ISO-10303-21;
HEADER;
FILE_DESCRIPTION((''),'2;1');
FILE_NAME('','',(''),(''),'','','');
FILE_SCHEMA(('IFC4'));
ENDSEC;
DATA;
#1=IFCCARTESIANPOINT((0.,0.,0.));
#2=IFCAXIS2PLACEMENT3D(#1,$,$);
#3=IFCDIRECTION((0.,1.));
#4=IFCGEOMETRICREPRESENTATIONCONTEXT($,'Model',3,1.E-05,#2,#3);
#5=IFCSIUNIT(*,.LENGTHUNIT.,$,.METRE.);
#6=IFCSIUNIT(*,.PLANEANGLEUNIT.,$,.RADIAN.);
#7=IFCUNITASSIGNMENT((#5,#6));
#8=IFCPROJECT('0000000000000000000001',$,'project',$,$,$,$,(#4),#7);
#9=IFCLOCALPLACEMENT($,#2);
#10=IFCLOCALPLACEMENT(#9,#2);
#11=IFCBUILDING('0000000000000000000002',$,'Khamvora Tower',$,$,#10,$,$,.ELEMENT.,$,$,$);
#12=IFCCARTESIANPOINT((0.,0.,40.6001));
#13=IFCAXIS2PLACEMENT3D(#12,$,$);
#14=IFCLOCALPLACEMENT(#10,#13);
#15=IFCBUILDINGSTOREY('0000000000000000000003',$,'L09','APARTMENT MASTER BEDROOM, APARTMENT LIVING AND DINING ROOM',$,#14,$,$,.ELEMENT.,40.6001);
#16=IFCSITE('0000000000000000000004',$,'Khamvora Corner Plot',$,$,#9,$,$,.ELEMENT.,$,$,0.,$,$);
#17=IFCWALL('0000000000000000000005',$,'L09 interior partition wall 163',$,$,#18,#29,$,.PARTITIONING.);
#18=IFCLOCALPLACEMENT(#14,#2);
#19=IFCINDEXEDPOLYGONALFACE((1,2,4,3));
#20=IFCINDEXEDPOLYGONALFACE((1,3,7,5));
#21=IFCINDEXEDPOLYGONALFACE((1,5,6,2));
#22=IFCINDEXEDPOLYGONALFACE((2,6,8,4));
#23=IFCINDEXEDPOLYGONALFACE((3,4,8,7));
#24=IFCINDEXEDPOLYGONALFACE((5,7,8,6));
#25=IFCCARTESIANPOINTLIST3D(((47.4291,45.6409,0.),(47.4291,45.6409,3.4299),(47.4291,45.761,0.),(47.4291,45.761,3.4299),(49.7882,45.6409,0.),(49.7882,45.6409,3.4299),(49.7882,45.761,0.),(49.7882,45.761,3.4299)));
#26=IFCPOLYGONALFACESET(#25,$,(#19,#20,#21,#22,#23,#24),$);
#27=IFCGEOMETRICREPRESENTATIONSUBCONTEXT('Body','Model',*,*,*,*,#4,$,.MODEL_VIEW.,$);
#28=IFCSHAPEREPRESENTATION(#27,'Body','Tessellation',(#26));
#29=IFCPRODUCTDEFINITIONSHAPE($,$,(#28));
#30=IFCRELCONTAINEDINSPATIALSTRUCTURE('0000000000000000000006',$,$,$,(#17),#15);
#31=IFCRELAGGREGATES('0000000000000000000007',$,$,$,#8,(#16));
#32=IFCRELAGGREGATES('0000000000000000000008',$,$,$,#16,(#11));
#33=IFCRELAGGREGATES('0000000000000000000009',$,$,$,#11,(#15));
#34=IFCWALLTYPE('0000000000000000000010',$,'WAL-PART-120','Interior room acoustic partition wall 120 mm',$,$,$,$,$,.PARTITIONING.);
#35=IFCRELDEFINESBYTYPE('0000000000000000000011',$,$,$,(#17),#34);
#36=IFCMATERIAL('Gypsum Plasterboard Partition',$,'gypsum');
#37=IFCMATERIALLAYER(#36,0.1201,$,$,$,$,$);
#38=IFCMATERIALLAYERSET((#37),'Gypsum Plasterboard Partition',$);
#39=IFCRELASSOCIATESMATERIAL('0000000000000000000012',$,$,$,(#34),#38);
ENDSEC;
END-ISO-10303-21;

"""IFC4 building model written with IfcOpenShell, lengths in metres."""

from ifc_helpers import new_model, si_unit, direction, frame, frame_2d, origin, place, context, subcontext, project, spatial, rectangle, extrude, material, layer, layer_set, type_object, element, save


model = new_model("IFC4")

# Units and contexts
model_context = context("Model", 3, precision=1e-05, world=origin(), true_north=direction((0.0, 1.0)))
body_context = subcontext(model_context, "Body", "Model", "MODEL_VIEW")
ifc_project = project(units=[si_unit("LENGTHUNIT", "METRE"), si_unit("PLANEANGLEUNIT", "RADIAN")], contexts=[model_context])

# Site, building, storey
site_placement = place(None, origin())
site = spatial("IfcSite", under=ifc_project, at=site_placement, Name="Khamvora Corner Plot", CompositionType="ELEMENT", RefElevation=0.0)
building_placement = place(site_placement, origin())
building = spatial("IfcBuilding", under=site, at=building_placement, Name="Khamvora Tower", CompositionType="ELEMENT")
storey_placement = place(building_placement, frame((0.0, 0.0, 40.6001)))
storey = spatial("IfcBuildingStorey", under=building, at=storey_placement, Name="L09", Description="APARTMENT MASTER BEDROOM, APARTMENT LIVING AND DINING ROOM", CompositionType="ELEMENT", Elevation=40.6001)

# Shared definitions
ifc_material_1 = material(Name="Gypsum Plasterboard Partition", Category="gypsum")
ifc_layer_1 = layer(ifc_material_1, 0.1201)
ifc_layer_set_1 = layer_set([ifc_layer_1], Name="Gypsum Plasterboard Partition")
wall_type_1 = type_object("IfcWallType", Name="WAL-PART-120", Description="Interior room acoustic partition wall 120 mm", PredefinedType="PARTITIONING", material=ifc_layer_set_1)

# Wall
wall_1_placement = place(storey_placement, frame((47.429, 45.7009, 0.0), z_axis=(0.0, 0.0, 1.0), x_axis=(1.0, 0.0, 0.0)))
element("IfcWall", 1, at=wall_1_placement, inside=storey, type_object=wall_type_1, Name="L09 interior partition wall 163", PredefinedType="PARTITIONING", context=body_context, shape_type="SweptSolid", body=[
    extrude(rectangle(XDim=2.3591, YDim=0.1201, at=frame_2d((1.1797, 0.0))), origin(), (0.0, 0.0, 1.0), 3.4299),
])

save(model, "model.ifc")
